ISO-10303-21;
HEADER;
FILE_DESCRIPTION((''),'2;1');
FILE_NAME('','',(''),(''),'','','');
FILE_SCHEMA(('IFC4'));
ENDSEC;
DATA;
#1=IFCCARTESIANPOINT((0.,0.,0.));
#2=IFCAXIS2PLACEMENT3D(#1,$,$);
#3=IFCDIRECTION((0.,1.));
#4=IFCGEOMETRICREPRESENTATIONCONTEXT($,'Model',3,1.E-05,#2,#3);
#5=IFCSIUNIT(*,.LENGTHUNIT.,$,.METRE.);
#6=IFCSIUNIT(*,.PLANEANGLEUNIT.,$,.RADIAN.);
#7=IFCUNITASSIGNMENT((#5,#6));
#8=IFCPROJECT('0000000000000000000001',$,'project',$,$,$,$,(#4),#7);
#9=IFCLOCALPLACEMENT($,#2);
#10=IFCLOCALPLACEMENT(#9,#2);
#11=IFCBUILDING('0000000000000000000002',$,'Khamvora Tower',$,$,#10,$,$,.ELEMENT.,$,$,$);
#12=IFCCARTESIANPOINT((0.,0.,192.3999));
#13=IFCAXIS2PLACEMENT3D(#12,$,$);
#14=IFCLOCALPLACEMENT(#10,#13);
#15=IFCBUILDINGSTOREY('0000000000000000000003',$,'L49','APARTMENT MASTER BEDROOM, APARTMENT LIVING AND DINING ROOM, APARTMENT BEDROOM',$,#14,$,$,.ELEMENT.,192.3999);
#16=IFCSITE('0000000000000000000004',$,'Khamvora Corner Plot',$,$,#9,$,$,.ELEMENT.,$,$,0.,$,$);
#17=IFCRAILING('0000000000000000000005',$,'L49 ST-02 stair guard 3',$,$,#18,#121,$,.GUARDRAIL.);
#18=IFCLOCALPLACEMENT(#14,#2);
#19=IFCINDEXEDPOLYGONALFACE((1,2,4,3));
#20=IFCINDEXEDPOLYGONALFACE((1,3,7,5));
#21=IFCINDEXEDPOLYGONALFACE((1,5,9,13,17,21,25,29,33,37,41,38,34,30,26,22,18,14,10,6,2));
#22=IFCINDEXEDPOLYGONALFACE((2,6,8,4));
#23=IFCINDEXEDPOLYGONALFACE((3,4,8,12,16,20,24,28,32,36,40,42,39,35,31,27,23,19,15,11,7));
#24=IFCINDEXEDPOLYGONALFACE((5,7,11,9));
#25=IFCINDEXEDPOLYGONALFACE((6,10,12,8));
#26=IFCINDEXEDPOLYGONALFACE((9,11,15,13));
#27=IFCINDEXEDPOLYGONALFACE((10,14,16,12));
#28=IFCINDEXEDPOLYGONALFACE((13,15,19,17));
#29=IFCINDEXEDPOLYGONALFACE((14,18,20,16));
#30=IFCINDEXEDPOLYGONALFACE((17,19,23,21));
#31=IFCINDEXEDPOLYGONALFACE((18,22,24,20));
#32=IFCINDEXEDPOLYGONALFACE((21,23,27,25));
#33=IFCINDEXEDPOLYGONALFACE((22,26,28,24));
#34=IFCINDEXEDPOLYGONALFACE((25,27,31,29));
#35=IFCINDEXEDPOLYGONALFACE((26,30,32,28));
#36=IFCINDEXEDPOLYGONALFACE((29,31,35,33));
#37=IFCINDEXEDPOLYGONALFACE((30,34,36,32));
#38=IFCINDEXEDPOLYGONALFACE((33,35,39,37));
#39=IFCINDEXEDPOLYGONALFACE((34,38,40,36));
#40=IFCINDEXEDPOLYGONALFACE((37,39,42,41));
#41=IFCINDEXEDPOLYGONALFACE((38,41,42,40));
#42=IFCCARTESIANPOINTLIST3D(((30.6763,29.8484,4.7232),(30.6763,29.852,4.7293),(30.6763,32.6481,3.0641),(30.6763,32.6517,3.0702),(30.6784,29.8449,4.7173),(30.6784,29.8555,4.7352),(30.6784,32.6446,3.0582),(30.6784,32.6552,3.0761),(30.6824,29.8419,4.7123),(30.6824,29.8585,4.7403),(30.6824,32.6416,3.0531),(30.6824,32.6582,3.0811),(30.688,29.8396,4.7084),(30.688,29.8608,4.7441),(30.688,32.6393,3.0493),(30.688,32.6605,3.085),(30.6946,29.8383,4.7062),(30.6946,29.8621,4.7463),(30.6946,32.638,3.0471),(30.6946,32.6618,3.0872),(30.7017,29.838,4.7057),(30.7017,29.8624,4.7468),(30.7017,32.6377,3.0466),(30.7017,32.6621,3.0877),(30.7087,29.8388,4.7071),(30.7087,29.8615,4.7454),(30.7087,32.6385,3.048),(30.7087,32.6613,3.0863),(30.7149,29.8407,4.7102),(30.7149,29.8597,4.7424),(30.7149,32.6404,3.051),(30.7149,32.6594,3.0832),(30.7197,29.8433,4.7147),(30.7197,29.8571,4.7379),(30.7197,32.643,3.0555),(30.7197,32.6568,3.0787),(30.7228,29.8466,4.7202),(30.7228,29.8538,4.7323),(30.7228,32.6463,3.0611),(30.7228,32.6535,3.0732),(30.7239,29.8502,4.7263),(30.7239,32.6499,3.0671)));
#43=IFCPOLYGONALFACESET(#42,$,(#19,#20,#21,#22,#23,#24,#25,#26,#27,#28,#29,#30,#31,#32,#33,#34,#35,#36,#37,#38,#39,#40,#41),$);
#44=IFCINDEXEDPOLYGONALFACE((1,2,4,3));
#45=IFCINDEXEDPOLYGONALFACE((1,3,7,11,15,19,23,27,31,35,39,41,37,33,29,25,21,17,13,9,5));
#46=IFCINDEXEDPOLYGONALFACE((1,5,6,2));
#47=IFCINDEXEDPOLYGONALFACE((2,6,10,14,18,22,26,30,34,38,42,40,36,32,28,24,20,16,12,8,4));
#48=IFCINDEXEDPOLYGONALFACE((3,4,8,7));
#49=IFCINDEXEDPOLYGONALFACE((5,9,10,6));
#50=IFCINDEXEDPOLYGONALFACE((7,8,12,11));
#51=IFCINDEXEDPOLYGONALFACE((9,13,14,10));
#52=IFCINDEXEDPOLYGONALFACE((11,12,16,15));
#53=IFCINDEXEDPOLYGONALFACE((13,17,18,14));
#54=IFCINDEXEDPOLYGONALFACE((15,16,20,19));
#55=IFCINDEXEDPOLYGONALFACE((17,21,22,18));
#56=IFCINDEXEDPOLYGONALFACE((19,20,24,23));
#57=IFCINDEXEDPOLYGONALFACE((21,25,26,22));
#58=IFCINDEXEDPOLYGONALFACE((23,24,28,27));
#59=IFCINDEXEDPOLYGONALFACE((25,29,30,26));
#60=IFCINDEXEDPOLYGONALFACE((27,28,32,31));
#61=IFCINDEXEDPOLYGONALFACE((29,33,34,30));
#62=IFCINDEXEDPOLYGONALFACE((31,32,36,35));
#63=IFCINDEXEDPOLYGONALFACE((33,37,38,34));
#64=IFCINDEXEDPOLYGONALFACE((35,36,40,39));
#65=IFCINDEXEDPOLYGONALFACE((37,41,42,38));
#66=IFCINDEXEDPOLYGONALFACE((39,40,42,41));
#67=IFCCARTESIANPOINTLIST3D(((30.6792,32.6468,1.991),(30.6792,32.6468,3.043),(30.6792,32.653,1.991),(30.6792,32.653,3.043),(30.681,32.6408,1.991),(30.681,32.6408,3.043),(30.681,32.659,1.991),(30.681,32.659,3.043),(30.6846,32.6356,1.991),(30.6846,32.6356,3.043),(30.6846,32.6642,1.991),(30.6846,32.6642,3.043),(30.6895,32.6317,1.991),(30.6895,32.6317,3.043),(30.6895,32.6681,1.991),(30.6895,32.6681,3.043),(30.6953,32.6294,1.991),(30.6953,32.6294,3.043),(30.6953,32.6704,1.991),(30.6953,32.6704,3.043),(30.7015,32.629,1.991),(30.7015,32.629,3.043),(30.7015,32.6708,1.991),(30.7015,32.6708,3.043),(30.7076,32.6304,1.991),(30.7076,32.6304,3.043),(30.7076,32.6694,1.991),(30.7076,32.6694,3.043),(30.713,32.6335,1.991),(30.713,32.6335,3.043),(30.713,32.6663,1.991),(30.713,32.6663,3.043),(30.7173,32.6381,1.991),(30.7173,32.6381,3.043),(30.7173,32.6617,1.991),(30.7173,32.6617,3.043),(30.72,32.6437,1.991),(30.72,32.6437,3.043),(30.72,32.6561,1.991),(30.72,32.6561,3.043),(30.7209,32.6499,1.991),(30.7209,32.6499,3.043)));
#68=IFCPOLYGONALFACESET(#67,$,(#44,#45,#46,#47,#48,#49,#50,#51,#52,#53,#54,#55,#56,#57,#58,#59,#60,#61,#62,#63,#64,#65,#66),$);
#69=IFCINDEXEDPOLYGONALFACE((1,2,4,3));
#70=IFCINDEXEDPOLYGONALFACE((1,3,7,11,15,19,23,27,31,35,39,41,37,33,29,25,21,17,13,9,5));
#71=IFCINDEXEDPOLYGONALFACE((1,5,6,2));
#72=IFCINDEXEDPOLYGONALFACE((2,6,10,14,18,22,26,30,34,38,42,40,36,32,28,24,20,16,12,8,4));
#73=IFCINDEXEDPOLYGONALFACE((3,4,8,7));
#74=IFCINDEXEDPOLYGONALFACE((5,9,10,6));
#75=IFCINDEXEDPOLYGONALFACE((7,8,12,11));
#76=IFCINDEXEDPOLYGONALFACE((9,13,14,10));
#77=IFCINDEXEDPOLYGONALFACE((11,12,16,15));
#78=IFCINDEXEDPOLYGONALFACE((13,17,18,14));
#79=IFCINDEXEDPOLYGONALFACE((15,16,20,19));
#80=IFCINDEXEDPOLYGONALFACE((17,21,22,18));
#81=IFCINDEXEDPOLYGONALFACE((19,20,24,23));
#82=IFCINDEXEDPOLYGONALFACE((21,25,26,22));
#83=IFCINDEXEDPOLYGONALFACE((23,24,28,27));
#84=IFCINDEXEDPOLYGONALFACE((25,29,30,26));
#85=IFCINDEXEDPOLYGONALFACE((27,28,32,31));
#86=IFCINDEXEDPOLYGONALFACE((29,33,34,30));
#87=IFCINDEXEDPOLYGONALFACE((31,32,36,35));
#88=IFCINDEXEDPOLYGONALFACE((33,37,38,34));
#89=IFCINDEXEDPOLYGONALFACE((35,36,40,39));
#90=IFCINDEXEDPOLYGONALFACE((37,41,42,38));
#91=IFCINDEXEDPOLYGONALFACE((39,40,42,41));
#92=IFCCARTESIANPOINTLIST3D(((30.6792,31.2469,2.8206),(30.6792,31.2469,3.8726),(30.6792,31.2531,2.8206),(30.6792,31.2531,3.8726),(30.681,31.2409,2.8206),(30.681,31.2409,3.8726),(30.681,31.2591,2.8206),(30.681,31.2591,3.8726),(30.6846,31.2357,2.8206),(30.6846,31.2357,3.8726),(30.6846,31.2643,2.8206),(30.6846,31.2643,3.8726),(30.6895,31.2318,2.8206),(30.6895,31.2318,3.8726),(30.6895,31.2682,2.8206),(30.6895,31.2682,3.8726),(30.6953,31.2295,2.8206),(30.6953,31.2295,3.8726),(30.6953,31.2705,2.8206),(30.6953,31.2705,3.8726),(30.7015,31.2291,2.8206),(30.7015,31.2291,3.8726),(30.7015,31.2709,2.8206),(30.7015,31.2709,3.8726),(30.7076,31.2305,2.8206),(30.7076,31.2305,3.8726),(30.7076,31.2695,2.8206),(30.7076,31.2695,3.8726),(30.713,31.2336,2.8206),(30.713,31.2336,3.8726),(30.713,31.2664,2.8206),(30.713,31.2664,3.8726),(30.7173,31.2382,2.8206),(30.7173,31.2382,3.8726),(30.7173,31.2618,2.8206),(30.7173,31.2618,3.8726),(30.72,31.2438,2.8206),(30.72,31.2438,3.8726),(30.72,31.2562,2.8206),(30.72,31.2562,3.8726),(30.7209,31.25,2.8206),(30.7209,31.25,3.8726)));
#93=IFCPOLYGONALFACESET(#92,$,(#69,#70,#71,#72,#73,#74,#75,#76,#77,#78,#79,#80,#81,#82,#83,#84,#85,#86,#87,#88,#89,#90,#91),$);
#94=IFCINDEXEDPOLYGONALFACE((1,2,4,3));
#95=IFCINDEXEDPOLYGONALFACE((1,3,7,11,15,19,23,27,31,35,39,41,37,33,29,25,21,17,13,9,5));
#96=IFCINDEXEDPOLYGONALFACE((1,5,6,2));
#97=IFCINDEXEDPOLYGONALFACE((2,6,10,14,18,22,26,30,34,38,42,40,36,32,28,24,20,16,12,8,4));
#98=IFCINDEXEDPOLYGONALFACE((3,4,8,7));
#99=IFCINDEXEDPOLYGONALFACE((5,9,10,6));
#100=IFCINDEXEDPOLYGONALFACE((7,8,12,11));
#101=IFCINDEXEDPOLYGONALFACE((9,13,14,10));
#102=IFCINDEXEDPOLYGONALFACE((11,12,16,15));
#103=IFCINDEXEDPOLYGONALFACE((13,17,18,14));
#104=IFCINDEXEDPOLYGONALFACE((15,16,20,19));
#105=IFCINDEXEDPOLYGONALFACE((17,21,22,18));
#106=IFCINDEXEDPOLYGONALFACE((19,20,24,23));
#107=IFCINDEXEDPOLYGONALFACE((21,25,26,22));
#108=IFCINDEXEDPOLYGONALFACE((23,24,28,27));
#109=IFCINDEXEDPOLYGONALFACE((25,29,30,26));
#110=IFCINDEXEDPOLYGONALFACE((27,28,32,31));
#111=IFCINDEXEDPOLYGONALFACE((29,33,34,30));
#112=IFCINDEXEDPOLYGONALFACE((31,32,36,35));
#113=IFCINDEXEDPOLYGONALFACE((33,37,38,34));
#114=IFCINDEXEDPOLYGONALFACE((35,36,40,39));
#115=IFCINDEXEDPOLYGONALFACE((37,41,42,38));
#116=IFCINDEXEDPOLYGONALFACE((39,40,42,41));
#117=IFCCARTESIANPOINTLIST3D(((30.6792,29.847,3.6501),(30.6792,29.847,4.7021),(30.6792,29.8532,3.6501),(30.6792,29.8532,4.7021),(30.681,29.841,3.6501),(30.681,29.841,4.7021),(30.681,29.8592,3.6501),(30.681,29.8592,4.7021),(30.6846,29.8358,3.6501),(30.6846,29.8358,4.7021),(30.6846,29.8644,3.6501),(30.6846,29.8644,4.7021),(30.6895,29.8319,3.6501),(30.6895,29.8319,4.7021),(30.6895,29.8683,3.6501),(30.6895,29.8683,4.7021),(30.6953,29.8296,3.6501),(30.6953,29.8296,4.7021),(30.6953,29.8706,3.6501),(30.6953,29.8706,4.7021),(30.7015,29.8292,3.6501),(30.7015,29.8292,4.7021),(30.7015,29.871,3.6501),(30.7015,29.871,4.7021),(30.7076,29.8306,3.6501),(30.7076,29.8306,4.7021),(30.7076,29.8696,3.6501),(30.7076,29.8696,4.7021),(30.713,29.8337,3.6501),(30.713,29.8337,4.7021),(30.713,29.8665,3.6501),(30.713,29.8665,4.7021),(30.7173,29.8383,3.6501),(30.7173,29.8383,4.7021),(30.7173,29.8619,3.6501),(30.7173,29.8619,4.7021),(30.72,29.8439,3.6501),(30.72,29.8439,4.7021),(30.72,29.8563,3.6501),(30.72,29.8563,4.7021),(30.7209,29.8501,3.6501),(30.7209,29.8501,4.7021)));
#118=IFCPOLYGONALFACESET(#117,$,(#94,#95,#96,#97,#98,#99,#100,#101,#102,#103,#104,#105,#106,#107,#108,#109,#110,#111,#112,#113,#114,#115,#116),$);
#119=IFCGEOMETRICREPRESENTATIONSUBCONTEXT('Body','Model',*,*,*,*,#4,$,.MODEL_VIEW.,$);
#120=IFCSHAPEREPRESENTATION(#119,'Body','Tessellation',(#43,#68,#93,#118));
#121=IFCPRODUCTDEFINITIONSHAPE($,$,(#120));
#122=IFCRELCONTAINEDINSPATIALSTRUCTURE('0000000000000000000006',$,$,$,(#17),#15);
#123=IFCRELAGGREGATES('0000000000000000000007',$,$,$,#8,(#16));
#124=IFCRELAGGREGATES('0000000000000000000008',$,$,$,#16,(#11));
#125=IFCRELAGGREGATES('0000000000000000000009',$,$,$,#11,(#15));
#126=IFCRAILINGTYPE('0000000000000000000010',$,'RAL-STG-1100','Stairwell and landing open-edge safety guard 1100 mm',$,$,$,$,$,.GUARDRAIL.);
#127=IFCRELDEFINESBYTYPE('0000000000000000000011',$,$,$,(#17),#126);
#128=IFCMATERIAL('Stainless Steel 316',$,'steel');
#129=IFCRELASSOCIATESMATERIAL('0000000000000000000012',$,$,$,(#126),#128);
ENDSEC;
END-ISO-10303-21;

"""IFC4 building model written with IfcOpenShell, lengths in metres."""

from ifc_helpers import new_model, si_unit, direction, frame, origin, origin_2d, place, context, subcontext, project, spatial, circle, extrude, material, type_object, element, save


model = new_model("IFC4")

# Units and contexts
model_context = context("Model", 3, precision=1e-05, world=origin(), true_north=direction((0.0, 1.0)))
body_context = subcontext(model_context, "Body", "Model", "MODEL_VIEW")
ifc_project = project(units=[si_unit("LENGTHUNIT", "METRE"), si_unit("PLANEANGLEUNIT", "RADIAN")], contexts=[model_context])

# Site, building, storey
site_placement = place(None, origin())
site = spatial("IfcSite", under=ifc_project, at=site_placement, Name="Khamvora Corner Plot", CompositionType="ELEMENT", RefElevation=0.0)
building_placement = place(site_placement, origin())
building = spatial("IfcBuilding", under=site, at=building_placement, Name="Khamvora Tower", CompositionType="ELEMENT")
storey_placement = place(building_placement, frame((0.0, 0.0, 192.3999)))
storey = spatial("IfcBuildingStorey", under=building, at=storey_placement, Name="L49", Description="APARTMENT MASTER BEDROOM, APARTMENT LIVING AND DINING ROOM, APARTMENT BEDROOM", CompositionType="ELEMENT", Elevation=192.3999)

# Railing
ifc_material_1 = material(Name="Stainless Steel 316", Category="steel")
railing_type_1 = type_object("IfcRailingType", Name="RAL-STG-1100", Description="Stairwell and landing open-edge safety guard 1100 mm", PredefinedType="GUARDRAIL", material=ifc_material_1)
railing_1_placement = place(storey_placement, frame((30.7, 32.6499, 1.991)))
element("IfcRailing", 1, at=railing_1_placement, inside=storey, type_object=railing_type_1, Name="L49 ST-02 stair guard 3", PredefinedType="GUARDRAIL", context=body_context, shape_type="SweptSolid", body=[
    extrude(circle(Radius=0.0239, at=origin_2d()), frame((0.0, 0.0, 1.0762), z_axis=(0.0, -0.860287, 0.509811), x_axis=(1.0, 0.0, 0.0)), (0.0, 0.0, 1.0), 3.2544),
    extrude(circle(Radius=0.021, at=origin_2d()), origin(), (0.0, 0.0, 1.0), 1.052),
    extrude(circle(Radius=0.021, at=origin_2d()), frame((0.0, -1.3999, 0.8296)), (0.0, 0.0, 1.0), 1.052),
    extrude(circle(Radius=0.021, at=origin_2d()), frame((0.0, -2.7998, 1.6592)), (0.0, 0.0, 1.0), 1.052),
])

save(model, "model.ifc")
